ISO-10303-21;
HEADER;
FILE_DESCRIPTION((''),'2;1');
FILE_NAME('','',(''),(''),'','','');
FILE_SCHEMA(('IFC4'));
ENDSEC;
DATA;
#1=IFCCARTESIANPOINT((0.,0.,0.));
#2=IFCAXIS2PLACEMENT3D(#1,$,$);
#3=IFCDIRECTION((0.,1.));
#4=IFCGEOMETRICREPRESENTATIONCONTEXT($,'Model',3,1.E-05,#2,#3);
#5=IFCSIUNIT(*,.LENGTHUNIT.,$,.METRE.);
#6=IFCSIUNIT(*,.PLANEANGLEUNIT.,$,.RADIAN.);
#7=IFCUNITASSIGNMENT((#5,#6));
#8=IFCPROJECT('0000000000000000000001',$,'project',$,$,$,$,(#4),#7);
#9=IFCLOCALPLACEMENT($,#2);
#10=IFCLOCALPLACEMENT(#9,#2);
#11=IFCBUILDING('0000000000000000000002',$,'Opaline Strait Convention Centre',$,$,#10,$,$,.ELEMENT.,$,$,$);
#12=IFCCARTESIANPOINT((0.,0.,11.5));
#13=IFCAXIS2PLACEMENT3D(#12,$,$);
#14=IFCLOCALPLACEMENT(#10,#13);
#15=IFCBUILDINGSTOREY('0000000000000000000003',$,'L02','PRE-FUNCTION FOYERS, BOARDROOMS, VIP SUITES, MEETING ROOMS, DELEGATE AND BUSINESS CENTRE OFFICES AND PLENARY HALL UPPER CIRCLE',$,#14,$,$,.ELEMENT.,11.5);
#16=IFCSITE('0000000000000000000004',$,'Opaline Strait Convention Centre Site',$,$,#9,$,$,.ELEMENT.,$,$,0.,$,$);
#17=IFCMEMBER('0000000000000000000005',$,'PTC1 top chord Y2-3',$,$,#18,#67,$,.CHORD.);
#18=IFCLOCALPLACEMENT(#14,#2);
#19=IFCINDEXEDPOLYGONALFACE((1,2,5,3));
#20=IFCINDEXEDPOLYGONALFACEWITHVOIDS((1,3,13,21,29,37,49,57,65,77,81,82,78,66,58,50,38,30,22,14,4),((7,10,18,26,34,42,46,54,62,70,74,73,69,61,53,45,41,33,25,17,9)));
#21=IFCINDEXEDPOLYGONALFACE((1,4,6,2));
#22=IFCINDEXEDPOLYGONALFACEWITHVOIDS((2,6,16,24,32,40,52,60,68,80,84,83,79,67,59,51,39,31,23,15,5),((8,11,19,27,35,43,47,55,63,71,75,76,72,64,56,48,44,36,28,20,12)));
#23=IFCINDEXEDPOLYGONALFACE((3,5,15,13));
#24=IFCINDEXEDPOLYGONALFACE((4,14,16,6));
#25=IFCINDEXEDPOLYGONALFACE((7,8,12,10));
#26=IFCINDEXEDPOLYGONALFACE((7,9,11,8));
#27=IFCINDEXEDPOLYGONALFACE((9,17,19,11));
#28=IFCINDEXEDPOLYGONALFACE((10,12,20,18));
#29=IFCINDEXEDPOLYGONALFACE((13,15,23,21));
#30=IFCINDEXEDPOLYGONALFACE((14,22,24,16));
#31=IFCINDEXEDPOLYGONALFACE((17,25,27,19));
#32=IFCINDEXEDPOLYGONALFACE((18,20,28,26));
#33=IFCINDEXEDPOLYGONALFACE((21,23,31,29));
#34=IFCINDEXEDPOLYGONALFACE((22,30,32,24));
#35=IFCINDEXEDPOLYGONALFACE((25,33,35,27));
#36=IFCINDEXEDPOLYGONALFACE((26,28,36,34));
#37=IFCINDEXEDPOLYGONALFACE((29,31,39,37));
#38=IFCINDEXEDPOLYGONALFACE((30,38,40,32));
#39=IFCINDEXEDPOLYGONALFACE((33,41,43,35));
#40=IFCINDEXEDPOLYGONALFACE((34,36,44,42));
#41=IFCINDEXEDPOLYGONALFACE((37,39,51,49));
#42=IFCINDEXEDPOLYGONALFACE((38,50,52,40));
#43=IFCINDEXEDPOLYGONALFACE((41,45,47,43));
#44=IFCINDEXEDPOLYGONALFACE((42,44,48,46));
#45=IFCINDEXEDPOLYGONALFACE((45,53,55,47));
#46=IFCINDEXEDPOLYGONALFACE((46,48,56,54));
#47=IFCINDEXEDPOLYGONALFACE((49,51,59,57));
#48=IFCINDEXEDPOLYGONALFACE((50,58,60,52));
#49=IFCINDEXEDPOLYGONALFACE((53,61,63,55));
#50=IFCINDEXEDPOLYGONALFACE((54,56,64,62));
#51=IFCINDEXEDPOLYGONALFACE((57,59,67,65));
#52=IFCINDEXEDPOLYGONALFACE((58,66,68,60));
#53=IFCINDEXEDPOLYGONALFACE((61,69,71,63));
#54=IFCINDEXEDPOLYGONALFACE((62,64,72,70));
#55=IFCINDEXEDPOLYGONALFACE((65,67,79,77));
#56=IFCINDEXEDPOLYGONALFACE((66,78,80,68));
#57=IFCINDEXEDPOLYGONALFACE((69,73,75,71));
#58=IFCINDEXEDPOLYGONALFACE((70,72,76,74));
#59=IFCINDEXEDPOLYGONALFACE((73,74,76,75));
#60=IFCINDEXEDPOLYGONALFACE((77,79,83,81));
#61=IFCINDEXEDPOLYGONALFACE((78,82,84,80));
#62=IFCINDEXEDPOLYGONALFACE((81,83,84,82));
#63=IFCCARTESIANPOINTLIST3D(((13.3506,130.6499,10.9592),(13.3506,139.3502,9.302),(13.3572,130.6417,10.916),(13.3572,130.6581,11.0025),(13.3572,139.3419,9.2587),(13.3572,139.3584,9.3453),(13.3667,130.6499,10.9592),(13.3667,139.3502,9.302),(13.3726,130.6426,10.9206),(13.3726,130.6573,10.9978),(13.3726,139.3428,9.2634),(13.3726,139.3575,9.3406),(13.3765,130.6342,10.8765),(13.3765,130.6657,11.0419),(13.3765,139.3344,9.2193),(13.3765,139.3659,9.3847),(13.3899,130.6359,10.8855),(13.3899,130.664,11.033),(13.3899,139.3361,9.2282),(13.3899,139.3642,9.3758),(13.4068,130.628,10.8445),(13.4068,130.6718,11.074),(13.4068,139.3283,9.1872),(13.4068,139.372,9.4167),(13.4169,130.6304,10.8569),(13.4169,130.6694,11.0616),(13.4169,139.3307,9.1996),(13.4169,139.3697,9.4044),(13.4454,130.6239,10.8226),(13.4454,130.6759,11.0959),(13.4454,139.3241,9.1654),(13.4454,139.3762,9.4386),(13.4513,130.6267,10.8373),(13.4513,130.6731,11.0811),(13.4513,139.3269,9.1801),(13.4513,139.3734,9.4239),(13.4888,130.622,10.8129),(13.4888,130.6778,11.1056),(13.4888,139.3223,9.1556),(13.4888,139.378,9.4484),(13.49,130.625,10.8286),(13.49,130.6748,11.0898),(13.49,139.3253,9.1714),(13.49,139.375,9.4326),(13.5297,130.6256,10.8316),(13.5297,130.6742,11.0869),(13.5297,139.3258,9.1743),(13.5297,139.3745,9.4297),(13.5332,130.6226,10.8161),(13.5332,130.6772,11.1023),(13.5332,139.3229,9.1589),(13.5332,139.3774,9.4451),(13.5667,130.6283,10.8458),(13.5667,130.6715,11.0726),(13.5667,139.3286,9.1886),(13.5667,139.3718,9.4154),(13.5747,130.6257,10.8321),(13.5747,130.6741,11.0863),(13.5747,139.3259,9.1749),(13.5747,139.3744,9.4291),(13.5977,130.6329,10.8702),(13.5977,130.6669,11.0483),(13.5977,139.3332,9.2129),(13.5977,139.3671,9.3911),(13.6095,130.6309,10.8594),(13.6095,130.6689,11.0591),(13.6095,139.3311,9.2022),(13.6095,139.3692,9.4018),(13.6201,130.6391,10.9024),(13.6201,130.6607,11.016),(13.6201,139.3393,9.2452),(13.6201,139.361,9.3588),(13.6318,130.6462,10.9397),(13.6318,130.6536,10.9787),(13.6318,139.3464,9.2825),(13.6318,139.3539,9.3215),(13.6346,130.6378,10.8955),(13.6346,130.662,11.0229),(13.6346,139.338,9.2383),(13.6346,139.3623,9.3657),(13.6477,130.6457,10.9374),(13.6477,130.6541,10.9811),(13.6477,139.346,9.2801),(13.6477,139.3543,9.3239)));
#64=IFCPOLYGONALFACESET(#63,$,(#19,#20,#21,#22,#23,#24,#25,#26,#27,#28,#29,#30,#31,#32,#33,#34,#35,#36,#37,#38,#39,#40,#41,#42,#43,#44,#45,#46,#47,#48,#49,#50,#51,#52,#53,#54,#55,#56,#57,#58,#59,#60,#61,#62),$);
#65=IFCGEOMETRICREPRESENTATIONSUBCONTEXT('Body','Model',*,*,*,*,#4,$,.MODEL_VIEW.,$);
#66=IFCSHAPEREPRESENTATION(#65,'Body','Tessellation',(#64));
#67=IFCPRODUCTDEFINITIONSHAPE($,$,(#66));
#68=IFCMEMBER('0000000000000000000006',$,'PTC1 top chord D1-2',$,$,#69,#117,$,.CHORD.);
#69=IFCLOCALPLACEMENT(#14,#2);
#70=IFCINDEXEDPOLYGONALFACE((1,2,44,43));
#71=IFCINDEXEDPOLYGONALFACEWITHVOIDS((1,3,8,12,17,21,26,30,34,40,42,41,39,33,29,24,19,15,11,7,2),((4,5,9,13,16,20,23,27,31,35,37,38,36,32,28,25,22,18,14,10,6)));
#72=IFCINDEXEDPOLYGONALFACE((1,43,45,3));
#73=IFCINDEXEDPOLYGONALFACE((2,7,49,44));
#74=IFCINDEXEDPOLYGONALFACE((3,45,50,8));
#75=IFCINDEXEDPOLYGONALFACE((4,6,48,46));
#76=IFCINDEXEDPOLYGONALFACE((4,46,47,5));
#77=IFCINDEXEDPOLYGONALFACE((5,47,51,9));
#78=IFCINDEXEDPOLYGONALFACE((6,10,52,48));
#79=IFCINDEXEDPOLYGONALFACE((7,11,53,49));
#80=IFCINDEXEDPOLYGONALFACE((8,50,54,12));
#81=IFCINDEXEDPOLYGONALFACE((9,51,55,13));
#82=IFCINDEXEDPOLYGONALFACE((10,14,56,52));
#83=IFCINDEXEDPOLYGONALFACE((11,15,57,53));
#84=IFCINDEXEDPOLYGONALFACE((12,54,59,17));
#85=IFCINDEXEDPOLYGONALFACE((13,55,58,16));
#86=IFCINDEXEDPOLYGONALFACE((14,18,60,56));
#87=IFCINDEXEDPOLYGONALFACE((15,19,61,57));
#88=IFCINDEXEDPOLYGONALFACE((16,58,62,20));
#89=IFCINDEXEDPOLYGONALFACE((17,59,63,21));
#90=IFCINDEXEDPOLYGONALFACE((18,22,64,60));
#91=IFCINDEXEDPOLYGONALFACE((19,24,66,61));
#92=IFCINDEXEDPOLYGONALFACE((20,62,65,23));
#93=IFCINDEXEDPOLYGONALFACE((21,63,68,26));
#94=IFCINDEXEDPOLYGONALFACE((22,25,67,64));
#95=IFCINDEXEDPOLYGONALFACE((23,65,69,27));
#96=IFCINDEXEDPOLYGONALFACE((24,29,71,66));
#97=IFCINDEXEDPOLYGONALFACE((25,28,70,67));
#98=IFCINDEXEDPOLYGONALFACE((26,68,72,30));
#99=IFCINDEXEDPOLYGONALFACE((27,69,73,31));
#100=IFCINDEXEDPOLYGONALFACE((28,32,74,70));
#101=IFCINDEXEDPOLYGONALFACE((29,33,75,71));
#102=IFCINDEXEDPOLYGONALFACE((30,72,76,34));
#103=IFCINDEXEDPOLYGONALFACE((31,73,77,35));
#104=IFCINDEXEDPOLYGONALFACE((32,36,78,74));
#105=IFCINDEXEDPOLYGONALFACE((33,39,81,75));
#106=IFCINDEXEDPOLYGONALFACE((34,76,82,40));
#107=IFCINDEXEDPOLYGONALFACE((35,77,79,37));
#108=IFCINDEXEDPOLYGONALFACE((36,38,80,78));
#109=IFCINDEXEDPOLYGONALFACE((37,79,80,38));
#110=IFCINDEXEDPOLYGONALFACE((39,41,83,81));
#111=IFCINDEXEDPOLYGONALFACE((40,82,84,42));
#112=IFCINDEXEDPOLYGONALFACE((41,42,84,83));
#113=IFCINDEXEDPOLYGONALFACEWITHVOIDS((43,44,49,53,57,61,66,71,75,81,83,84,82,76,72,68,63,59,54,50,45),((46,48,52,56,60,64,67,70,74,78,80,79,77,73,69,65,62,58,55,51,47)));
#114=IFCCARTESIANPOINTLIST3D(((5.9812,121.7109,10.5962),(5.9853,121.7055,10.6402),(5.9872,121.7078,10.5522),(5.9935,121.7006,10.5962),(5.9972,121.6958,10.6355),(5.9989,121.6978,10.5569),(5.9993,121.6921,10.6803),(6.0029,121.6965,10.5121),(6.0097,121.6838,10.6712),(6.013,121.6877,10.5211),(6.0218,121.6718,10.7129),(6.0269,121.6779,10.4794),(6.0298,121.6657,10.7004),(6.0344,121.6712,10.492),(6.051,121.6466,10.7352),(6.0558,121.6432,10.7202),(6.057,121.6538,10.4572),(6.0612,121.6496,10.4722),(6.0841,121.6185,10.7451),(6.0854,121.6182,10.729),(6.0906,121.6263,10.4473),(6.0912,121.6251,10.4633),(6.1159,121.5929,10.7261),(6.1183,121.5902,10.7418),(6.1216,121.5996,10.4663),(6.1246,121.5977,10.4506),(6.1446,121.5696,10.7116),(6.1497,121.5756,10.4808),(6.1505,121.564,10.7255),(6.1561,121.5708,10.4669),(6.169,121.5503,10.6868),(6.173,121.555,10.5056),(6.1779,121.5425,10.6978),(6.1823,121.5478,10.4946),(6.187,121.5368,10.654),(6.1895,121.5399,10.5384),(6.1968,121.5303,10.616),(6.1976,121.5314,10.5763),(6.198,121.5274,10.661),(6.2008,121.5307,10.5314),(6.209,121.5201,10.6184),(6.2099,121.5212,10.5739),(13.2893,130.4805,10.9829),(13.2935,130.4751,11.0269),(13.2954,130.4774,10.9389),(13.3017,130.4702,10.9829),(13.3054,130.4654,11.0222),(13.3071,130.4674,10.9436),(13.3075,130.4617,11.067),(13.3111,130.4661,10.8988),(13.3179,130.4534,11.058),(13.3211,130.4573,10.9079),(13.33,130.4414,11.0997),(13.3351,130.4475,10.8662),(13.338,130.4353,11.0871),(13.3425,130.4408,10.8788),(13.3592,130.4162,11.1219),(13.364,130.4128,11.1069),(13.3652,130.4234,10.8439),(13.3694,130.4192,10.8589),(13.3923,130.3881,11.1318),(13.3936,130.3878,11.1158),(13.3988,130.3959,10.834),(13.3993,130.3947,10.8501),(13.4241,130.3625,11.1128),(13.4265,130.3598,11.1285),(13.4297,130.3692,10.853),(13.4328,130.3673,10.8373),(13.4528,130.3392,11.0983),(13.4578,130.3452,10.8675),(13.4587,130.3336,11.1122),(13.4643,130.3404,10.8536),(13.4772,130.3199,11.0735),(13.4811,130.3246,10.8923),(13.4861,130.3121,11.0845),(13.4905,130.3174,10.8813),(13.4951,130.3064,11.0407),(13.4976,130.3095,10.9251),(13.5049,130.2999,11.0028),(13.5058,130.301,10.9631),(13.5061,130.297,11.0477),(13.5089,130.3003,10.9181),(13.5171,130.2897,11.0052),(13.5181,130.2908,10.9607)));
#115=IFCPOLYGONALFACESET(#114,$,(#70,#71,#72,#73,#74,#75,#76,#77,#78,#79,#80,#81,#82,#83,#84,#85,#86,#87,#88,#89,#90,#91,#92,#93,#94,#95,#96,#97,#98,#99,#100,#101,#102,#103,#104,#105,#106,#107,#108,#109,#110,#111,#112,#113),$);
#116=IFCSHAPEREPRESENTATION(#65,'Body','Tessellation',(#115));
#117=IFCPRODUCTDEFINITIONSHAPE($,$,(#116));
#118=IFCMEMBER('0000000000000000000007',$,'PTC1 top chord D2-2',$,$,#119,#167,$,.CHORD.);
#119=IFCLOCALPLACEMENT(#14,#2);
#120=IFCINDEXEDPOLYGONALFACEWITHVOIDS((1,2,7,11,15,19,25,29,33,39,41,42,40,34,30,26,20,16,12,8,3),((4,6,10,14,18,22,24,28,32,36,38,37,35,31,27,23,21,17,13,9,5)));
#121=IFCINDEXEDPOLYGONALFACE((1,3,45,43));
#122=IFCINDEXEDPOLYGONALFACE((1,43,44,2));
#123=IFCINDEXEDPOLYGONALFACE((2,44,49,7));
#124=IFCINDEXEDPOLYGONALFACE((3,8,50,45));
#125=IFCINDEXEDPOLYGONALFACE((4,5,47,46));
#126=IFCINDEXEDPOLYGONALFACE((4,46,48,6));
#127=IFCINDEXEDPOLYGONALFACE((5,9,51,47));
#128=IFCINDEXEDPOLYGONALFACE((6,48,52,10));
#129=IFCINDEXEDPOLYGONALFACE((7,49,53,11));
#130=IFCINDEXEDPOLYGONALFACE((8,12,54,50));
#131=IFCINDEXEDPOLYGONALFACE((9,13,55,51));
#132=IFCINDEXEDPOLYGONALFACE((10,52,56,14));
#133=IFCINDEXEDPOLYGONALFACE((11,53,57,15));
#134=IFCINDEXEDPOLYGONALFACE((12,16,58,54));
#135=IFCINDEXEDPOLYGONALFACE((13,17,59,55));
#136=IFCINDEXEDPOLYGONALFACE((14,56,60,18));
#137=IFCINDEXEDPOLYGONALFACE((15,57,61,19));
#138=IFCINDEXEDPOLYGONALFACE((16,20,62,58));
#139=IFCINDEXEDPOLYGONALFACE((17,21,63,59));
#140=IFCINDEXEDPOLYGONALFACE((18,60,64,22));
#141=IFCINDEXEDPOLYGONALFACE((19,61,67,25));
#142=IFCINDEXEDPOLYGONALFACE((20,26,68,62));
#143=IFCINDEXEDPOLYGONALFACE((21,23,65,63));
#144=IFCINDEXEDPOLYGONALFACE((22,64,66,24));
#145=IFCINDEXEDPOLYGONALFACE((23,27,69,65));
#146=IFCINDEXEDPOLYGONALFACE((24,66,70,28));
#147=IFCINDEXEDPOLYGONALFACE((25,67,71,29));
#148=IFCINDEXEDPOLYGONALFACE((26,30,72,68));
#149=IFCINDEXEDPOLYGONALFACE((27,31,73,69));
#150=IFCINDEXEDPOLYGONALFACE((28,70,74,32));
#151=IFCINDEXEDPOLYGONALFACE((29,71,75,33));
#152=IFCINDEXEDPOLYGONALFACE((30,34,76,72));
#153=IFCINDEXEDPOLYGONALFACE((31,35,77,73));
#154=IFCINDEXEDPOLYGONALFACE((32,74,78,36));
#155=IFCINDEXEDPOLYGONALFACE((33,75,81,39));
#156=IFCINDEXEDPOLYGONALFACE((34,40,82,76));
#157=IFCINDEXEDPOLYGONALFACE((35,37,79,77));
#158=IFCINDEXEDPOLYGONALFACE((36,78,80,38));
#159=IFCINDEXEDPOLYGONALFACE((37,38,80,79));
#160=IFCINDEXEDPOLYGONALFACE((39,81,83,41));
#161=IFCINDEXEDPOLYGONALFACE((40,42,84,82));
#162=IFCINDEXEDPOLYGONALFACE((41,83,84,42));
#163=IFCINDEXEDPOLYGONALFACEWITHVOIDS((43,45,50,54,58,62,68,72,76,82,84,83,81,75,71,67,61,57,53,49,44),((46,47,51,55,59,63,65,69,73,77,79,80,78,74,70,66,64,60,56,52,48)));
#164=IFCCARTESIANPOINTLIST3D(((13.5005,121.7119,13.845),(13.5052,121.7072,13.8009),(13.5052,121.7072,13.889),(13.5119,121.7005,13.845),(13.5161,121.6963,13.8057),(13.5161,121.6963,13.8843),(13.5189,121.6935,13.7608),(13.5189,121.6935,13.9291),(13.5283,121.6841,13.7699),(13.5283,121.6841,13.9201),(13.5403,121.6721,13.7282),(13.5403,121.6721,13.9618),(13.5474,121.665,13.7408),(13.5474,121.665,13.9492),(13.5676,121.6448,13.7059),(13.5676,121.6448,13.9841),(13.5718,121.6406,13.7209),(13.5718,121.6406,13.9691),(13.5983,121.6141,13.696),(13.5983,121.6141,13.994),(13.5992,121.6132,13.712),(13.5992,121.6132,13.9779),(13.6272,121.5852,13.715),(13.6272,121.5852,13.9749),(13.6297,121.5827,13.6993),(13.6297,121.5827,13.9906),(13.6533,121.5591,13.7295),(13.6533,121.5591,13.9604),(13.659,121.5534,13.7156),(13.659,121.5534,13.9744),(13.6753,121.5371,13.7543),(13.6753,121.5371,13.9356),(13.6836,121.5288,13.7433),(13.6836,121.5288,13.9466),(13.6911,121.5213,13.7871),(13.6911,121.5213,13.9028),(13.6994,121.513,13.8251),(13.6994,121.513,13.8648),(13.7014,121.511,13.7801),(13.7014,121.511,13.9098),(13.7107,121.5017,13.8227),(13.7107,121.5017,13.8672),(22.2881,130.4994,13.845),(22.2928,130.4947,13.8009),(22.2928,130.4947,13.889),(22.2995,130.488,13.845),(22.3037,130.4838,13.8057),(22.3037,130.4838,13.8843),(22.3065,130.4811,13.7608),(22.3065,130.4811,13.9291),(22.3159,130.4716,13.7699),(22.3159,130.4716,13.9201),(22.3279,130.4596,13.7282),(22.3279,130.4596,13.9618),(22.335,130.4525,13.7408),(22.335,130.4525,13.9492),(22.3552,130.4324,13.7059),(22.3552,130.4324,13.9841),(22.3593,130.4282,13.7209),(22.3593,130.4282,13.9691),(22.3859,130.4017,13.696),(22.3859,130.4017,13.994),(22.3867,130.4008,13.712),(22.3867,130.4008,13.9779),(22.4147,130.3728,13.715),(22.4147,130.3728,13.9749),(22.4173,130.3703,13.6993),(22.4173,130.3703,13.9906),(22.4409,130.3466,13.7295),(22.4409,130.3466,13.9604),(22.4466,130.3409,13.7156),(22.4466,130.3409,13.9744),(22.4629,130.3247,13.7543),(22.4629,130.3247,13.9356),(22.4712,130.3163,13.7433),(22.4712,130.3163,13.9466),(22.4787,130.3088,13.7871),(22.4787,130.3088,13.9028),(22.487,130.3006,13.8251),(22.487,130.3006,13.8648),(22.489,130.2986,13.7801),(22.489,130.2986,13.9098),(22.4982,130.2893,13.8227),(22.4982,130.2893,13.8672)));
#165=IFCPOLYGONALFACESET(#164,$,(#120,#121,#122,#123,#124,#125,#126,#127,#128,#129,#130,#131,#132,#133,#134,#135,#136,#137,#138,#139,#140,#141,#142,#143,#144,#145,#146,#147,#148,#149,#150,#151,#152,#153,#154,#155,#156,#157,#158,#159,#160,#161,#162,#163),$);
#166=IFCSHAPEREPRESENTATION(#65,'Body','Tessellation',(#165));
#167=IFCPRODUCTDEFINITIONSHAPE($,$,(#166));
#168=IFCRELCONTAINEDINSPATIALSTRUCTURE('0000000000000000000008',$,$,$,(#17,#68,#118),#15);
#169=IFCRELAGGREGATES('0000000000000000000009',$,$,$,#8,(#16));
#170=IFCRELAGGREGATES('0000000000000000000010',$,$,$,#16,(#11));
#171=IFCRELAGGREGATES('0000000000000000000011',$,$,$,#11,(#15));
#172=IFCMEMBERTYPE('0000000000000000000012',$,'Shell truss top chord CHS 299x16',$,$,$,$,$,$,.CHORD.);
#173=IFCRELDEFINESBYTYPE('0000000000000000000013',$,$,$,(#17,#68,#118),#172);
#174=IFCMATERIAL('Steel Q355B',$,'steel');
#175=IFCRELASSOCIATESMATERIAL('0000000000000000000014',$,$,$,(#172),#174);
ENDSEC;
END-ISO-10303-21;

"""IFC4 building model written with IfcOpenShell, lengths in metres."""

from ifc_helpers import new_model, si_unit, direction, frame, origin, origin_2d, place, context, subcontext, project, spatial, hollow_circle, extrude, material, material_profile, profile_set, type_object, element, save


model = new_model("IFC4")

# Units and contexts
model_context = context("Model", 3, precision=1e-05, world=origin(), true_north=direction((0.0, 1.0)))
body_context = subcontext(model_context, "Body", "Model", "MODEL_VIEW")
ifc_project = project(units=[si_unit("LENGTHUNIT", "METRE"), si_unit("PLANEANGLEUNIT", "RADIAN")], contexts=[model_context])

# Site, building, storey
site_placement = place(None, origin())
site = spatial("IfcSite", under=ifc_project, at=site_placement, Name="Opaline Strait Convention Centre Site", CompositionType="ELEMENT", RefElevation=0.0)
building_placement = place(site_placement, origin())
building = spatial("IfcBuilding", under=site, at=building_placement, Name="Opaline Strait Convention Centre", CompositionType="ELEMENT")
storey_placement = place(building_placement, frame((0.0, 0.0, 11.5)))
storey = spatial("IfcBuildingStorey", under=building, at=storey_placement, Name="L02", Description="PRE-FUNCTION FOYERS, BOARDROOMS, VIP SUITES, MEETING ROOMS, DELEGATE AND BUSINESS CENTRE OFFICES AND PLENARY HALL UPPER CIRCLE", CompositionType="ELEMENT", Elevation=11.5)

# Members
ifc_material_1 = material(Name="Steel Q355B", Category="steel")
ifc_material_profile_1 = material_profile(ifc_material_1, hollow_circle(Radius=0.1494, WallThickness=0.0161, at=origin_2d()), Name="CHS 299x16")
ifc_profile_set_1 = profile_set([ifc_material_profile_1], Name="Steel Q355B")
member_type_1 = type_object("IfcMemberType", Name="Shell truss top chord CHS 299x16", PredefinedType="CHORD", material=ifc_profile_set_1)
member_1_placement = place(storey_placement, frame((13.5, 130.6499, 10.9592), z_axis=(0.0, 0.982338, -0.187117), x_axis=(-1.0, 0.0, 0.0)))
element("IfcMember", 1, at=member_1_placement, inside=storey, type_object=member_type_1, Name="PTC1 top chord Y2-3", PredefinedType="CHORD", context=body_context, shape_type="SweptSolid", body=[
    extrude(hollow_circle(Radius=0.1494, WallThickness=0.0161, at=origin_2d()), origin(), (0.0, 0.0, 1.0), 8.8567),
])
member_2_placement = place(storey_placement, frame((6.0959, 121.6152, 10.5962), z_axis=(0.639826, 0.767774, 0.033857), x_axis=(-0.768214, 0.640193, 0.0)))
element("IfcMember", 2, at=member_2_placement, inside=storey, type_object=member_type_1, Name="PTC1 top chord D1-2", PredefinedType="CHORD", context=body_context, shape_type="SweptSolid", body=[
    extrude(hollow_circle(Radius=0.1494, WallThickness=0.0161, at=origin_2d()), origin(), (0.0, 0.0, 1.0), 11.4221),
])
member_3_placement = place(storey_placement, frame((13.6062, 121.6062, 13.845), z_axis=(0.707107, 0.707107, 0.0), x_axis=(-0.707107, 0.707107, 0.0)))
element("IfcMember", 3, at=member_3_placement, inside=storey, type_object=member_type_1, Name="PTC1 top chord D2-2", PredefinedType="CHORD", context=body_context, shape_type="SweptSolid", body=[
    extrude(hollow_circle(Radius=0.1494, WallThickness=0.0161, at=origin_2d()), origin(), (0.0, 0.0, 1.0), 12.4275),
])

save(model, "model.ifc")
